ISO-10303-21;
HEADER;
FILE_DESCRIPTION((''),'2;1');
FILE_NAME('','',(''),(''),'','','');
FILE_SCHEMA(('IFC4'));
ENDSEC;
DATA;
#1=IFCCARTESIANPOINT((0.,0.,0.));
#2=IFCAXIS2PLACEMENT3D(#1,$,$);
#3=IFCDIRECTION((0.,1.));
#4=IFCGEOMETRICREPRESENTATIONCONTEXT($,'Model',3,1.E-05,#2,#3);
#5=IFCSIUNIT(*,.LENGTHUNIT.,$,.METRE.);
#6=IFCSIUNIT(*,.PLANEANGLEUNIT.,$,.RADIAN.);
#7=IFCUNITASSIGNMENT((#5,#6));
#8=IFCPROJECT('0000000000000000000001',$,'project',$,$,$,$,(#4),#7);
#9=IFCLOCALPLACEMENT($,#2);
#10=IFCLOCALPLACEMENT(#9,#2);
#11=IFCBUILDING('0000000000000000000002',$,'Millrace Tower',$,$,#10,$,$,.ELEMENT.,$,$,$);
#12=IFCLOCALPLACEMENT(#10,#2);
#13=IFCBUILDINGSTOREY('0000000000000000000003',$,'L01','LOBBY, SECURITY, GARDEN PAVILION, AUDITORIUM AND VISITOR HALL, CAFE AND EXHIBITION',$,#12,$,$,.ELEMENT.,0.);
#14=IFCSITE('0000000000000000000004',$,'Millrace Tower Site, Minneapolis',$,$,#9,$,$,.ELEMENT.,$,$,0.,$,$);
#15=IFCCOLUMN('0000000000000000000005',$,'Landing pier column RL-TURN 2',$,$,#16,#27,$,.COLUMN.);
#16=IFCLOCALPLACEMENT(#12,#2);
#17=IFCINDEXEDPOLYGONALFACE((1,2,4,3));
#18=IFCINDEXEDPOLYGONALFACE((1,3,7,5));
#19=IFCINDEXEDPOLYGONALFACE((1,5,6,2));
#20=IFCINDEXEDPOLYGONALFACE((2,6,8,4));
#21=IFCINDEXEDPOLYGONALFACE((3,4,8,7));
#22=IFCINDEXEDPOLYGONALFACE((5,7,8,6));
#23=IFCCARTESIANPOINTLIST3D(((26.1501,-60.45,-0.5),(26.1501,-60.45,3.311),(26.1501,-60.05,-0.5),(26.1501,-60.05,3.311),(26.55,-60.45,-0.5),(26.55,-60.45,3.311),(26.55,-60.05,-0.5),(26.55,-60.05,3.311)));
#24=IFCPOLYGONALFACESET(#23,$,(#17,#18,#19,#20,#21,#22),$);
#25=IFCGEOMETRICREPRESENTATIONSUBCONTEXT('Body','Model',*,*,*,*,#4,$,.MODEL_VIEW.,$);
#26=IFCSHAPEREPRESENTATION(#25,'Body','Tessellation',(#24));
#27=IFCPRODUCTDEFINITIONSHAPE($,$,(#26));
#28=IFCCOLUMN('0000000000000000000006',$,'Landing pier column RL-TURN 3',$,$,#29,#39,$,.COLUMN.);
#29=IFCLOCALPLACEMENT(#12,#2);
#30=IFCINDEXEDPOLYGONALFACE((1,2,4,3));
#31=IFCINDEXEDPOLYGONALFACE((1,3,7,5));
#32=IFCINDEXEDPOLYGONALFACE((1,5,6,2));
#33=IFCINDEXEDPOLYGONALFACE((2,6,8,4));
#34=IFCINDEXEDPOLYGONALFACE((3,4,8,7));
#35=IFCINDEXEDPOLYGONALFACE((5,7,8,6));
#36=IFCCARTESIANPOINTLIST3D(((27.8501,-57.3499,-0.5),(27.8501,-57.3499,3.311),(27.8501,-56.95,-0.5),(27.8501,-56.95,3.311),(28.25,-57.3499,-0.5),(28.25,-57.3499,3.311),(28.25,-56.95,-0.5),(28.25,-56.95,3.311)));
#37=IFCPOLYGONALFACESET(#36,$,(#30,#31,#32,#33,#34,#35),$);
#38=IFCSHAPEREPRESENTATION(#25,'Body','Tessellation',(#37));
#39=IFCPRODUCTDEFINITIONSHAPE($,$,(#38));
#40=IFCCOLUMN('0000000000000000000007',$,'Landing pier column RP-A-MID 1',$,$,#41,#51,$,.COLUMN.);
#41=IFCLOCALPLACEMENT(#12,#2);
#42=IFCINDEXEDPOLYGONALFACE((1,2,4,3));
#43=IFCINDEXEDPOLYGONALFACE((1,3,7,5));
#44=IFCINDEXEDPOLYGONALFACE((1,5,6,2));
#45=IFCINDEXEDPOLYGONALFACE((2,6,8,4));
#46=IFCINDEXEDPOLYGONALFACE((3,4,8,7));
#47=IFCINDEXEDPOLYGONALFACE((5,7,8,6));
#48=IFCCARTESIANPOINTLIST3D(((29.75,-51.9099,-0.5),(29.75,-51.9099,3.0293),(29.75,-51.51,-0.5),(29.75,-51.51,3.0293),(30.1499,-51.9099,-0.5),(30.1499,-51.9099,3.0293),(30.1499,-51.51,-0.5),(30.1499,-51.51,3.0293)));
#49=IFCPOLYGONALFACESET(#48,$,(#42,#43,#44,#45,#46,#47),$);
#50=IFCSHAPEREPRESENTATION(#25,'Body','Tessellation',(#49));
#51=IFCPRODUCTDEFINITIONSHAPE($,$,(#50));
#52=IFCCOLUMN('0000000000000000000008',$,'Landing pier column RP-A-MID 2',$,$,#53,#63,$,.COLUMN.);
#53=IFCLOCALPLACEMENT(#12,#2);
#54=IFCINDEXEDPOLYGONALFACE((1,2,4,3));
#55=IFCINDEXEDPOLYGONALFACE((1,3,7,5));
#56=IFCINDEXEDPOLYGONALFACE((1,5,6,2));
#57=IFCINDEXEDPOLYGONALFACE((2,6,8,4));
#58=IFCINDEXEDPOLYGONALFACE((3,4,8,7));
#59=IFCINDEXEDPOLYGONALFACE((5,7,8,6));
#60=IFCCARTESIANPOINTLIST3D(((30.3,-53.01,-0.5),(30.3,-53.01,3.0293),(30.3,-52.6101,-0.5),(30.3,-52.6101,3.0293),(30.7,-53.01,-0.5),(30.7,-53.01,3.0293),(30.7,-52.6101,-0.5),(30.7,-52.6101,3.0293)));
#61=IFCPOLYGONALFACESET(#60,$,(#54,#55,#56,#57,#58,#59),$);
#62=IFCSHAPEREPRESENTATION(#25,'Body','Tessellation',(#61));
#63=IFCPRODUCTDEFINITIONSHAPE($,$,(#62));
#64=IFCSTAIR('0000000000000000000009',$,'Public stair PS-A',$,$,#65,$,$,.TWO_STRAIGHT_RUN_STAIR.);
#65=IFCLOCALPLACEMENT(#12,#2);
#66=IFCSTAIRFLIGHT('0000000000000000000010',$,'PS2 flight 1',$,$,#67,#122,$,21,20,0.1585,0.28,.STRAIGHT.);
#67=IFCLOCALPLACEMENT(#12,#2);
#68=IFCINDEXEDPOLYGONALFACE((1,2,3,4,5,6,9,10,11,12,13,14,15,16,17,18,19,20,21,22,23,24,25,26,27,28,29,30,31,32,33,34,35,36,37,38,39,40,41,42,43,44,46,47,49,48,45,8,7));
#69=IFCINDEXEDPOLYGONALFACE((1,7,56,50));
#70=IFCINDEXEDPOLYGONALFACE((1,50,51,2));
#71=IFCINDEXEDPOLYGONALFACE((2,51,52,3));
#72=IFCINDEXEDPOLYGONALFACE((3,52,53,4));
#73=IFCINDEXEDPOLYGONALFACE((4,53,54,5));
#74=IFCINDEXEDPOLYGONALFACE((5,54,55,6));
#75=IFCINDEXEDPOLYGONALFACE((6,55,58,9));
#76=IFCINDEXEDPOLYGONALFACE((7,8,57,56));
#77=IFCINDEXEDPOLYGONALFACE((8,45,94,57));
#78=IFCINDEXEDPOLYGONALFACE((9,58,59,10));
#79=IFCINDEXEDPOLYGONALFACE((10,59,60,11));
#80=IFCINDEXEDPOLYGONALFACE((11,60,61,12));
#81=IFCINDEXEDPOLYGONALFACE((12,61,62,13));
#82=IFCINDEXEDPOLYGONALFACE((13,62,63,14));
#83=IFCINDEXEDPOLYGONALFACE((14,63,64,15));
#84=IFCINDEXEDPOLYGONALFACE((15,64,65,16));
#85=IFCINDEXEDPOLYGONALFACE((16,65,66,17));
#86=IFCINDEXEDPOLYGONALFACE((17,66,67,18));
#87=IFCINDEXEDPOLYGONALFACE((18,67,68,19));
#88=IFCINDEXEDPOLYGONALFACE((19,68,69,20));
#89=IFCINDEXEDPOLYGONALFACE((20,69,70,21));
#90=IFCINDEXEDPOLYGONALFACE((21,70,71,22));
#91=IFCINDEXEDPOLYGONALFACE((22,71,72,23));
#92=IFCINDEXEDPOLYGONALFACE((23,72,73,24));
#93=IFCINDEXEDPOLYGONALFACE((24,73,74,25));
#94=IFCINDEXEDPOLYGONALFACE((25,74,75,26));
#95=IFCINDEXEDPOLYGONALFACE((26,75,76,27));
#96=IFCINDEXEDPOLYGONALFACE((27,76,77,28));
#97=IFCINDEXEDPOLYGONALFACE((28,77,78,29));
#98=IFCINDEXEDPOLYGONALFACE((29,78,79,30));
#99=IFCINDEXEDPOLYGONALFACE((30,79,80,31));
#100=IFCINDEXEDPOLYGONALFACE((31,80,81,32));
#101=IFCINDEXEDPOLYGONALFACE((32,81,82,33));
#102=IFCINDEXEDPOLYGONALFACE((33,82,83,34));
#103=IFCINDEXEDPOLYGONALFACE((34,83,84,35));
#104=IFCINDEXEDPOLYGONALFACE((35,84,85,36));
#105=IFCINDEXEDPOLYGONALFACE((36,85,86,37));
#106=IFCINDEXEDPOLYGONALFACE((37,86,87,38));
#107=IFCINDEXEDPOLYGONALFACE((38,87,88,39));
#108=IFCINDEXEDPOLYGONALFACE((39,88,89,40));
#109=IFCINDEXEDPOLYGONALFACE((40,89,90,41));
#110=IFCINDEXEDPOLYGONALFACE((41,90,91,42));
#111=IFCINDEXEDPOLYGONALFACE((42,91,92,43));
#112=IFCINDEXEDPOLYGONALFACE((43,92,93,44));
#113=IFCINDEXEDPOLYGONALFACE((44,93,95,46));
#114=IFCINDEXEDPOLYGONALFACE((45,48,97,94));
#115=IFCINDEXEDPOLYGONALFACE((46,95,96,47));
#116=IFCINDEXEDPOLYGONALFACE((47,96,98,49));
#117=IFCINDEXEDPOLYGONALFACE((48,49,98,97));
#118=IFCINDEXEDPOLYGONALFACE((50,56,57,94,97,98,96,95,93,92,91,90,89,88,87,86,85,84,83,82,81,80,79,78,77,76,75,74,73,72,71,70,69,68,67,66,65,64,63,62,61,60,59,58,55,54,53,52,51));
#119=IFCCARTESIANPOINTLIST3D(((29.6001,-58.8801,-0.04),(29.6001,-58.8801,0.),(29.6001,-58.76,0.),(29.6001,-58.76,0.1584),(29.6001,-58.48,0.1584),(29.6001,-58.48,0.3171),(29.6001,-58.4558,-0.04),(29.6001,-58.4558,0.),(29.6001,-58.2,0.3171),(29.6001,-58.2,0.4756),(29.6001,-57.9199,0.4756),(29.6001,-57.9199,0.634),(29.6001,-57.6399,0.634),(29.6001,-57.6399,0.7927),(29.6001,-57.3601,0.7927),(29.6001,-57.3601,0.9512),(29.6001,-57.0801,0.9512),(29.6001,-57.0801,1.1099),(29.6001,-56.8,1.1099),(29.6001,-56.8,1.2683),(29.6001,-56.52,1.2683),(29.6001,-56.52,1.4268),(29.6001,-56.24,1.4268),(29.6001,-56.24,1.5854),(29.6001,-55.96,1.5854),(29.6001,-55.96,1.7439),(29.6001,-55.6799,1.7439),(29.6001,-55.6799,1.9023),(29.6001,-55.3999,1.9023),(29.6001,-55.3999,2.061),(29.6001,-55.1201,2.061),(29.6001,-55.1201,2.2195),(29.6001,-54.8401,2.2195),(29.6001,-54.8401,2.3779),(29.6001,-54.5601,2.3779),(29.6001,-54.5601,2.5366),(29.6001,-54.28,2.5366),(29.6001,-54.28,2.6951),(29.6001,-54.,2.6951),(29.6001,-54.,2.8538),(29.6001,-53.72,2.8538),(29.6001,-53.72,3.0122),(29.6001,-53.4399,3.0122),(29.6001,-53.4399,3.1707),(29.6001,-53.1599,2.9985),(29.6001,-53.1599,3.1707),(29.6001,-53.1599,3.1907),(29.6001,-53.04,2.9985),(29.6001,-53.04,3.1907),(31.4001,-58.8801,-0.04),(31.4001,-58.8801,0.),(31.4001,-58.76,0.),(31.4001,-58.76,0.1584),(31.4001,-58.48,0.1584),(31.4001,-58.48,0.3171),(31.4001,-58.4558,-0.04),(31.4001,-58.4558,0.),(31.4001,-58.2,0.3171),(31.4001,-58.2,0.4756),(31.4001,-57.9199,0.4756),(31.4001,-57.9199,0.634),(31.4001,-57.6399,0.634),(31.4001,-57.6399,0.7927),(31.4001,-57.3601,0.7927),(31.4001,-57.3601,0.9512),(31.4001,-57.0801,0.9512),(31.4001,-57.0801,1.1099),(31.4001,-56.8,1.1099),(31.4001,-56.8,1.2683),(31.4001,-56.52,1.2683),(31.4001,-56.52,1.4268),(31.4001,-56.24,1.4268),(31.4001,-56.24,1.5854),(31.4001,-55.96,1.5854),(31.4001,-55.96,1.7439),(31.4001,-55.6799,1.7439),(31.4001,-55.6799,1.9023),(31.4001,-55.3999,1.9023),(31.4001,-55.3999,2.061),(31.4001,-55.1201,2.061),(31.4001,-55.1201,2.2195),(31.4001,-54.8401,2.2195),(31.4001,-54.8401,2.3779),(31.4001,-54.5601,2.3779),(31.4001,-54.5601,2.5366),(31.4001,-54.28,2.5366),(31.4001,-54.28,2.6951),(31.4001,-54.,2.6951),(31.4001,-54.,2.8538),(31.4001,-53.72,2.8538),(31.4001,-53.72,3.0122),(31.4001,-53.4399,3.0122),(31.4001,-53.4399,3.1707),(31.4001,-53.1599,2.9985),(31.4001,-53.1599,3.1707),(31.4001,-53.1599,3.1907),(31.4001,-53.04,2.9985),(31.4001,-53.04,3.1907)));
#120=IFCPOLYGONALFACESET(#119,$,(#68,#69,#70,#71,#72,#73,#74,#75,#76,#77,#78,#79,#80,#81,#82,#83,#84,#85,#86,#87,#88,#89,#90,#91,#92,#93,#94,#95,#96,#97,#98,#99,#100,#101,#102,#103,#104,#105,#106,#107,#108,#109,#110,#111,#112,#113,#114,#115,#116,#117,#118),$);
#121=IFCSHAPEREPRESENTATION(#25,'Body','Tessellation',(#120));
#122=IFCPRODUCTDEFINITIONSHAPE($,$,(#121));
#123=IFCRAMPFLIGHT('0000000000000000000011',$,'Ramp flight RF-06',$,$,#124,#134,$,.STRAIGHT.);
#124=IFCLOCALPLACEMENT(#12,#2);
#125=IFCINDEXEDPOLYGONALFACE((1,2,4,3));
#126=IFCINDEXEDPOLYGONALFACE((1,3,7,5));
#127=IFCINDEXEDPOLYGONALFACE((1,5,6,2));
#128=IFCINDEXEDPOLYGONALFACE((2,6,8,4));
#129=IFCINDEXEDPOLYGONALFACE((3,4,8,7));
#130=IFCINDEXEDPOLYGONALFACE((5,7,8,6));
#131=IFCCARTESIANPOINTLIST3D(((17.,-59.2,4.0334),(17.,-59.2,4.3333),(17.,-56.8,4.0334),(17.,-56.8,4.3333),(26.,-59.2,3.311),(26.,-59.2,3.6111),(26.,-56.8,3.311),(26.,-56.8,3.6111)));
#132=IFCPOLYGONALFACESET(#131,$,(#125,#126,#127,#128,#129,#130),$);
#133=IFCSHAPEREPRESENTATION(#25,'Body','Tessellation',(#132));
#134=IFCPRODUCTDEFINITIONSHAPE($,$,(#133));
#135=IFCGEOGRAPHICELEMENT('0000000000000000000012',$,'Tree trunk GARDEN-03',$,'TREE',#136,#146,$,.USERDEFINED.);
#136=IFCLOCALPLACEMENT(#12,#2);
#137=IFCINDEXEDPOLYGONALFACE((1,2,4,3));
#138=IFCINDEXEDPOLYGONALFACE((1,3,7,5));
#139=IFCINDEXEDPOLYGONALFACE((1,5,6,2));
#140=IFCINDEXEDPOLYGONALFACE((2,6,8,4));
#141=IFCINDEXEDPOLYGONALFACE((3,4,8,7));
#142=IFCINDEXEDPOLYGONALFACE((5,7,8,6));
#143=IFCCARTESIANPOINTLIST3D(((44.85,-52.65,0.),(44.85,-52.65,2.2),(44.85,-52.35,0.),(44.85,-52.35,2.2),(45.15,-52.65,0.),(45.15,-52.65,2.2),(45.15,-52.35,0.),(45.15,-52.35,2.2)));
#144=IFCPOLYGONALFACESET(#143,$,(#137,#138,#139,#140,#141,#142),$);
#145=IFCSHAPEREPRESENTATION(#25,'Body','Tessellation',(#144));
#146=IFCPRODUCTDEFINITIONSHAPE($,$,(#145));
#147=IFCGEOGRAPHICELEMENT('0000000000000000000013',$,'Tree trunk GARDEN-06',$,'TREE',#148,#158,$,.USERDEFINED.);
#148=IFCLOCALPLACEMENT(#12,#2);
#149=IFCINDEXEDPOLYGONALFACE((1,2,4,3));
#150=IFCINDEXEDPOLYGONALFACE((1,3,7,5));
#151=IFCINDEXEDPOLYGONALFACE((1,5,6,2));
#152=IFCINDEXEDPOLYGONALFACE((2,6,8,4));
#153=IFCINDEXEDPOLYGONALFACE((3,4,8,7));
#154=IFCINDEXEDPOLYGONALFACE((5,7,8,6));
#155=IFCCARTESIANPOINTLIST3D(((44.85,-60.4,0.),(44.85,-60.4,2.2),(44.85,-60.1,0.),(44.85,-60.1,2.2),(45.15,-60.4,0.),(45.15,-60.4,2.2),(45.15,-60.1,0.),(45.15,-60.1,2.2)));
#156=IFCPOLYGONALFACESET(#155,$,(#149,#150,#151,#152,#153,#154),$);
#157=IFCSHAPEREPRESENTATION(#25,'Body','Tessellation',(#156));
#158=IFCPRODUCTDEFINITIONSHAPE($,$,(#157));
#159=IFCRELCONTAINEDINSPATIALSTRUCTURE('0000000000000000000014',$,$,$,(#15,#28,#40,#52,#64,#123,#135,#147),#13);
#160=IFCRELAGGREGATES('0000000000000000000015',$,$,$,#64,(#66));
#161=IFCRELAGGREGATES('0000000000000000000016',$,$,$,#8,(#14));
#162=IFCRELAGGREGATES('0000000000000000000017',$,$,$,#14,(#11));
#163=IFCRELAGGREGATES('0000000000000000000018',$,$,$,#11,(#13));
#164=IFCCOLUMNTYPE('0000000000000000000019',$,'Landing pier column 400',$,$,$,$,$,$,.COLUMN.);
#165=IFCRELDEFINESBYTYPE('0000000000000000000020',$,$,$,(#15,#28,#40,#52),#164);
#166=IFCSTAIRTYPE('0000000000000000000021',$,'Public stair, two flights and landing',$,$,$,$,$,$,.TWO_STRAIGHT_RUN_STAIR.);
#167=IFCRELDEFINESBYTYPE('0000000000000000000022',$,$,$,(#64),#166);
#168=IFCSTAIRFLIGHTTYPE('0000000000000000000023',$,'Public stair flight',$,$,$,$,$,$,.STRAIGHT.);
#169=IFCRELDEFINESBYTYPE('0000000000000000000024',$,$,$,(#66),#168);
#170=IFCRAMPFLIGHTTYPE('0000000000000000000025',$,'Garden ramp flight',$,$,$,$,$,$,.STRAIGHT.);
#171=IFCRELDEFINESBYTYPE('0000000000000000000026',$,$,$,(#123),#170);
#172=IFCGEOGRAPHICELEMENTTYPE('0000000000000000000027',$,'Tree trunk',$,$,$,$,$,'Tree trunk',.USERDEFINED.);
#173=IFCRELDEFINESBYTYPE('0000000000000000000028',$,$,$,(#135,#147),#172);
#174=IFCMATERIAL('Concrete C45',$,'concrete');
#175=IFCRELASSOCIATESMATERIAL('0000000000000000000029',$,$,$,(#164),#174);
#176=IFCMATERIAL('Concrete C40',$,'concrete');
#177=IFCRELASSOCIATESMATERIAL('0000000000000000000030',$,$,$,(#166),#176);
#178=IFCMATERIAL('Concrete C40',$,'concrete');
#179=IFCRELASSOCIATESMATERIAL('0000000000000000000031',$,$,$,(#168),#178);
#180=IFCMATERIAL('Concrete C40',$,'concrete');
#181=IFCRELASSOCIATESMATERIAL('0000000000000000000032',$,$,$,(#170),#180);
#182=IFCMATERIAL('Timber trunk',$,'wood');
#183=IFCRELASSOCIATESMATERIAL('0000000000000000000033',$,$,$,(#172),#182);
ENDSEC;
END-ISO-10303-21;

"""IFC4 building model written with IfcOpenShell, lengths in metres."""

from ifc_helpers import new_model, si_unit, direction, frame, origin, origin_2d, place, context, subcontext, project, spatial, polyline, rectangle, outline, extrude, material, material_profile, profile_set, type_object, element, aggregate, save


model = new_model("IFC4")

# Units and contexts
model_context = context("Model", 3, precision=1e-05, world=origin(), true_north=direction((0.0, 1.0)))
body_context = subcontext(model_context, "Body", "Model", "MODEL_VIEW")
ifc_project = project(units=[si_unit("LENGTHUNIT", "METRE"), si_unit("PLANEANGLEUNIT", "RADIAN")], contexts=[model_context])

# Site, building, storey
site_placement = place(None, origin())
site = spatial("IfcSite", under=ifc_project, at=site_placement, Name="Millrace Tower Site, Minneapolis", CompositionType="ELEMENT", RefElevation=0.0)
building_placement = place(site_placement, origin())
building = spatial("IfcBuilding", under=site, at=building_placement, Name="Millrace Tower", CompositionType="ELEMENT")
storey_placement = place(building_placement, origin())
storey = spatial("IfcBuildingStorey", under=building, at=storey_placement, Name="L01", Description="LOBBY, SECURITY, GARDEN PAVILION, AUDITORIUM AND VISITOR HALL, CAFE AND EXHIBITION", CompositionType="ELEMENT", Elevation=0.0)

# Columns
ifc_material_1 = material(Name="Concrete C45", Category="concrete")
ifc_material_profile_1 = material_profile(ifc_material_1, rectangle(XDim=0.3999, YDim=0.3999, at=origin_2d()))
ifc_profile_set_1 = profile_set([ifc_material_profile_1], Name="Concrete C45")
column_type = type_object("IfcColumnType", Name="Landing pier column 400", PredefinedType="COLUMN", material=ifc_profile_set_1)
for number, where, z_axis, x_axis, name in (
    (1, (26.3501, -60.25, -0.5), (0.0, 0.0, 1.0), (1.0, 0.0, 0.0), "Landing pier column RL-TURN 2"),
    (2, (28.05, -57.1499, -0.5), (0.0, 0.0, 1.0), (1.0, 0.0, 0.0), "Landing pier column RL-TURN 3"),
):
    element("IfcColumn", number, at=place(storey_placement, frame(where, z_axis=z_axis, x_axis=x_axis)), inside=storey, type_object=column_type, Name=name, PredefinedType="COLUMN", context=body_context, shape_type="SweptSolid", body=[
        extrude(rectangle(XDim=0.3999, YDim=0.3999, at=origin_2d()), origin(), (0.0, 0.0, 1.0), 3.811),
    ])
for number, where, z_axis, x_axis, name in (
    (3, (29.95, -51.71, -0.5), (0.0, 0.0, 1.0), (1.0, 0.0, 0.0), "Landing pier column RP-A-MID 1"),
    (4, (30.5, -52.8101, -0.5), (0.0, 0.0, 1.0), (1.0, 0.0, 0.0), "Landing pier column RP-A-MID 2"),
):
    element("IfcColumn", number, at=place(storey_placement, frame(where, z_axis=z_axis, x_axis=x_axis)), inside=storey, type_object=column_type, Name=name, PredefinedType="COLUMN", context=body_context, shape_type="SweptSolid", body=[
        extrude(rectangle(XDim=0.3999, YDim=0.3999, at=origin_2d()), origin(), (0.0, 0.0, 1.0), 3.5293),
    ])

# Stair, stair flight
ifc_material_2 = material(Name="Concrete C40", Category="concrete")
stair_type = type_object("IfcStairType", Name="Public stair, two flights and landing", PredefinedType="TWO_STRAIGHT_RUN_STAIR", material=ifc_material_2)
stair_placement = place(storey_placement, origin())
stair = element("IfcStair", 5, at=stair_placement, inside=storey, type_object=stair_type, Name="Public stair PS-A", PredefinedType="TWO_STRAIGHT_RUN_STAIR")
ifc_material_3 = material(Name="Concrete C40", Category="concrete")
stair_flight_type = type_object("IfcStairFlightType", Name="Public stair flight", PredefinedType="STRAIGHT", material=ifc_material_3)
stair_flight_placement = place(storey_placement, frame((30.5, -58.76, 0.0), z_axis=(0.0, 0.0, 1.0), x_axis=(0.0, 1.0, 0.0)))
stair_flight = element("IfcStairFlight", 6, at=stair_flight_placement, type_object=stair_flight_type, Name="PS2 flight 1", NumberOfRisers=21, NumberOfTreads=20, PredefinedType="STRAIGHT", RiserHeight=0.1585, TreadLength=0.28, context=body_context, shape_type="SweptSolid", body=[
    extrude(outline(polyline([(-0.1201, -0.04), (-0.1201, 0.0), (0.0, 0.0), (0.0, 0.1584), (0.28, 0.1584), (0.28, 0.3171), (0.5601, 0.3171), (0.5601, 0.4756), (0.8401, 0.4756), (0.8401, 0.634), (1.1201, 0.634), (1.1201, 0.7927), (1.3999, 0.7927), (1.3999, 0.9512), (1.6799, 0.9512), (1.6799, 1.1099), (1.96, 1.1099), (1.96, 1.2683), (2.24, 1.2683), (2.24, 1.4268), (2.52, 1.4268), (2.52, 1.5854), (2.8, 1.5854), (2.8, 1.7439), (3.0801, 1.7439), (3.0801, 1.9023), (3.3601, 1.9023), (3.3601, 2.061), (3.6399, 2.061), (3.6399, 2.2195), (3.9199, 2.2195), (3.9199, 2.3779), (4.2, 2.3779), (4.2, 2.5366), (4.48, 2.5366), (4.48, 2.6951), (4.76, 2.6951), (4.76, 2.8538), (5.04, 2.8538), (5.04, 3.0122), (5.3201, 3.0122), (5.3201, 3.1707), (5.6001, 3.1707), (5.6001, 3.1907), (5.72, 3.1907), (5.72, 2.9985), (5.6001, 2.9985), (0.3042, 0.0), (0.3042, -0.04), (-0.1201, -0.04)])), frame((0.0, 0.8999, 0.0), z_axis=(0.0, -1.0, 0.0), x_axis=(1.0, 0.0, 0.0)), (0.0, 0.0, 1.0), 1.8),
])
aggregate(stair, [stair_flight])

# Ramp flight
ifc_material_4 = material(Name="Concrete C40", Category="concrete")
ramp_flight_type = type_object("IfcRampFlightType", Name="Garden ramp flight", PredefinedType="STRAIGHT", material=ifc_material_4)
ramp_flight_placement = place(storey_placement, frame((26.0, -58.0, 3.311), z_axis=(0.0, 0.0, 1.0), x_axis=(-1.0, 0.0, 0.0)))
element("IfcRampFlight", 7, at=ramp_flight_placement, inside=storey, type_object=ramp_flight_type, Name="Ramp flight RF-06", PredefinedType="STRAIGHT", context=body_context, shape_type="SweptSolid", body=[
    extrude(outline(polyline([(0.0, 0.0), (9.0, 0.7224), (9.0, 1.0222), (0.0, 0.3), (0.0, 0.0)])), frame((0.0, 1.2, 0.0), z_axis=(0.0, -1.0, 0.0), x_axis=(1.0, 0.0, 0.0)), (0.0, 0.0, 1.0), 2.3999),
])

# Geographic elements
ifc_material_5 = material(Name="Timber trunk", Category="wood")
geographic_element_type = type_object("IfcGeographicElementType", Name="Tree trunk", ElementType="Tree trunk", PredefinedType="USERDEFINED", material=ifc_material_5)
for number, where, z_axis, x_axis, name in (
    (8, (45.0, -52.5, 0.0), (0.0, 0.0, 1.0), (1.0, 0.0, 0.0), "Tree trunk GARDEN-03"),
    (9, (45.0, -60.25, 0.0), (0.0, 0.0, 1.0), (1.0, 0.0, 0.0), "Tree trunk GARDEN-06"),
):
    element("IfcGeographicElement", number, at=place(storey_placement, frame(where, z_axis=z_axis, x_axis=x_axis)), inside=storey, type_object=geographic_element_type, Name=name, ObjectType="TREE", PredefinedType="USERDEFINED", context=body_context, shape_type="SweptSolid", body=[
        extrude(rectangle(XDim=0.3, YDim=0.3, at=origin_2d()), origin(), (0.0, 0.0, 1.0), 2.2),
    ])

save(model, "model.ifc")
